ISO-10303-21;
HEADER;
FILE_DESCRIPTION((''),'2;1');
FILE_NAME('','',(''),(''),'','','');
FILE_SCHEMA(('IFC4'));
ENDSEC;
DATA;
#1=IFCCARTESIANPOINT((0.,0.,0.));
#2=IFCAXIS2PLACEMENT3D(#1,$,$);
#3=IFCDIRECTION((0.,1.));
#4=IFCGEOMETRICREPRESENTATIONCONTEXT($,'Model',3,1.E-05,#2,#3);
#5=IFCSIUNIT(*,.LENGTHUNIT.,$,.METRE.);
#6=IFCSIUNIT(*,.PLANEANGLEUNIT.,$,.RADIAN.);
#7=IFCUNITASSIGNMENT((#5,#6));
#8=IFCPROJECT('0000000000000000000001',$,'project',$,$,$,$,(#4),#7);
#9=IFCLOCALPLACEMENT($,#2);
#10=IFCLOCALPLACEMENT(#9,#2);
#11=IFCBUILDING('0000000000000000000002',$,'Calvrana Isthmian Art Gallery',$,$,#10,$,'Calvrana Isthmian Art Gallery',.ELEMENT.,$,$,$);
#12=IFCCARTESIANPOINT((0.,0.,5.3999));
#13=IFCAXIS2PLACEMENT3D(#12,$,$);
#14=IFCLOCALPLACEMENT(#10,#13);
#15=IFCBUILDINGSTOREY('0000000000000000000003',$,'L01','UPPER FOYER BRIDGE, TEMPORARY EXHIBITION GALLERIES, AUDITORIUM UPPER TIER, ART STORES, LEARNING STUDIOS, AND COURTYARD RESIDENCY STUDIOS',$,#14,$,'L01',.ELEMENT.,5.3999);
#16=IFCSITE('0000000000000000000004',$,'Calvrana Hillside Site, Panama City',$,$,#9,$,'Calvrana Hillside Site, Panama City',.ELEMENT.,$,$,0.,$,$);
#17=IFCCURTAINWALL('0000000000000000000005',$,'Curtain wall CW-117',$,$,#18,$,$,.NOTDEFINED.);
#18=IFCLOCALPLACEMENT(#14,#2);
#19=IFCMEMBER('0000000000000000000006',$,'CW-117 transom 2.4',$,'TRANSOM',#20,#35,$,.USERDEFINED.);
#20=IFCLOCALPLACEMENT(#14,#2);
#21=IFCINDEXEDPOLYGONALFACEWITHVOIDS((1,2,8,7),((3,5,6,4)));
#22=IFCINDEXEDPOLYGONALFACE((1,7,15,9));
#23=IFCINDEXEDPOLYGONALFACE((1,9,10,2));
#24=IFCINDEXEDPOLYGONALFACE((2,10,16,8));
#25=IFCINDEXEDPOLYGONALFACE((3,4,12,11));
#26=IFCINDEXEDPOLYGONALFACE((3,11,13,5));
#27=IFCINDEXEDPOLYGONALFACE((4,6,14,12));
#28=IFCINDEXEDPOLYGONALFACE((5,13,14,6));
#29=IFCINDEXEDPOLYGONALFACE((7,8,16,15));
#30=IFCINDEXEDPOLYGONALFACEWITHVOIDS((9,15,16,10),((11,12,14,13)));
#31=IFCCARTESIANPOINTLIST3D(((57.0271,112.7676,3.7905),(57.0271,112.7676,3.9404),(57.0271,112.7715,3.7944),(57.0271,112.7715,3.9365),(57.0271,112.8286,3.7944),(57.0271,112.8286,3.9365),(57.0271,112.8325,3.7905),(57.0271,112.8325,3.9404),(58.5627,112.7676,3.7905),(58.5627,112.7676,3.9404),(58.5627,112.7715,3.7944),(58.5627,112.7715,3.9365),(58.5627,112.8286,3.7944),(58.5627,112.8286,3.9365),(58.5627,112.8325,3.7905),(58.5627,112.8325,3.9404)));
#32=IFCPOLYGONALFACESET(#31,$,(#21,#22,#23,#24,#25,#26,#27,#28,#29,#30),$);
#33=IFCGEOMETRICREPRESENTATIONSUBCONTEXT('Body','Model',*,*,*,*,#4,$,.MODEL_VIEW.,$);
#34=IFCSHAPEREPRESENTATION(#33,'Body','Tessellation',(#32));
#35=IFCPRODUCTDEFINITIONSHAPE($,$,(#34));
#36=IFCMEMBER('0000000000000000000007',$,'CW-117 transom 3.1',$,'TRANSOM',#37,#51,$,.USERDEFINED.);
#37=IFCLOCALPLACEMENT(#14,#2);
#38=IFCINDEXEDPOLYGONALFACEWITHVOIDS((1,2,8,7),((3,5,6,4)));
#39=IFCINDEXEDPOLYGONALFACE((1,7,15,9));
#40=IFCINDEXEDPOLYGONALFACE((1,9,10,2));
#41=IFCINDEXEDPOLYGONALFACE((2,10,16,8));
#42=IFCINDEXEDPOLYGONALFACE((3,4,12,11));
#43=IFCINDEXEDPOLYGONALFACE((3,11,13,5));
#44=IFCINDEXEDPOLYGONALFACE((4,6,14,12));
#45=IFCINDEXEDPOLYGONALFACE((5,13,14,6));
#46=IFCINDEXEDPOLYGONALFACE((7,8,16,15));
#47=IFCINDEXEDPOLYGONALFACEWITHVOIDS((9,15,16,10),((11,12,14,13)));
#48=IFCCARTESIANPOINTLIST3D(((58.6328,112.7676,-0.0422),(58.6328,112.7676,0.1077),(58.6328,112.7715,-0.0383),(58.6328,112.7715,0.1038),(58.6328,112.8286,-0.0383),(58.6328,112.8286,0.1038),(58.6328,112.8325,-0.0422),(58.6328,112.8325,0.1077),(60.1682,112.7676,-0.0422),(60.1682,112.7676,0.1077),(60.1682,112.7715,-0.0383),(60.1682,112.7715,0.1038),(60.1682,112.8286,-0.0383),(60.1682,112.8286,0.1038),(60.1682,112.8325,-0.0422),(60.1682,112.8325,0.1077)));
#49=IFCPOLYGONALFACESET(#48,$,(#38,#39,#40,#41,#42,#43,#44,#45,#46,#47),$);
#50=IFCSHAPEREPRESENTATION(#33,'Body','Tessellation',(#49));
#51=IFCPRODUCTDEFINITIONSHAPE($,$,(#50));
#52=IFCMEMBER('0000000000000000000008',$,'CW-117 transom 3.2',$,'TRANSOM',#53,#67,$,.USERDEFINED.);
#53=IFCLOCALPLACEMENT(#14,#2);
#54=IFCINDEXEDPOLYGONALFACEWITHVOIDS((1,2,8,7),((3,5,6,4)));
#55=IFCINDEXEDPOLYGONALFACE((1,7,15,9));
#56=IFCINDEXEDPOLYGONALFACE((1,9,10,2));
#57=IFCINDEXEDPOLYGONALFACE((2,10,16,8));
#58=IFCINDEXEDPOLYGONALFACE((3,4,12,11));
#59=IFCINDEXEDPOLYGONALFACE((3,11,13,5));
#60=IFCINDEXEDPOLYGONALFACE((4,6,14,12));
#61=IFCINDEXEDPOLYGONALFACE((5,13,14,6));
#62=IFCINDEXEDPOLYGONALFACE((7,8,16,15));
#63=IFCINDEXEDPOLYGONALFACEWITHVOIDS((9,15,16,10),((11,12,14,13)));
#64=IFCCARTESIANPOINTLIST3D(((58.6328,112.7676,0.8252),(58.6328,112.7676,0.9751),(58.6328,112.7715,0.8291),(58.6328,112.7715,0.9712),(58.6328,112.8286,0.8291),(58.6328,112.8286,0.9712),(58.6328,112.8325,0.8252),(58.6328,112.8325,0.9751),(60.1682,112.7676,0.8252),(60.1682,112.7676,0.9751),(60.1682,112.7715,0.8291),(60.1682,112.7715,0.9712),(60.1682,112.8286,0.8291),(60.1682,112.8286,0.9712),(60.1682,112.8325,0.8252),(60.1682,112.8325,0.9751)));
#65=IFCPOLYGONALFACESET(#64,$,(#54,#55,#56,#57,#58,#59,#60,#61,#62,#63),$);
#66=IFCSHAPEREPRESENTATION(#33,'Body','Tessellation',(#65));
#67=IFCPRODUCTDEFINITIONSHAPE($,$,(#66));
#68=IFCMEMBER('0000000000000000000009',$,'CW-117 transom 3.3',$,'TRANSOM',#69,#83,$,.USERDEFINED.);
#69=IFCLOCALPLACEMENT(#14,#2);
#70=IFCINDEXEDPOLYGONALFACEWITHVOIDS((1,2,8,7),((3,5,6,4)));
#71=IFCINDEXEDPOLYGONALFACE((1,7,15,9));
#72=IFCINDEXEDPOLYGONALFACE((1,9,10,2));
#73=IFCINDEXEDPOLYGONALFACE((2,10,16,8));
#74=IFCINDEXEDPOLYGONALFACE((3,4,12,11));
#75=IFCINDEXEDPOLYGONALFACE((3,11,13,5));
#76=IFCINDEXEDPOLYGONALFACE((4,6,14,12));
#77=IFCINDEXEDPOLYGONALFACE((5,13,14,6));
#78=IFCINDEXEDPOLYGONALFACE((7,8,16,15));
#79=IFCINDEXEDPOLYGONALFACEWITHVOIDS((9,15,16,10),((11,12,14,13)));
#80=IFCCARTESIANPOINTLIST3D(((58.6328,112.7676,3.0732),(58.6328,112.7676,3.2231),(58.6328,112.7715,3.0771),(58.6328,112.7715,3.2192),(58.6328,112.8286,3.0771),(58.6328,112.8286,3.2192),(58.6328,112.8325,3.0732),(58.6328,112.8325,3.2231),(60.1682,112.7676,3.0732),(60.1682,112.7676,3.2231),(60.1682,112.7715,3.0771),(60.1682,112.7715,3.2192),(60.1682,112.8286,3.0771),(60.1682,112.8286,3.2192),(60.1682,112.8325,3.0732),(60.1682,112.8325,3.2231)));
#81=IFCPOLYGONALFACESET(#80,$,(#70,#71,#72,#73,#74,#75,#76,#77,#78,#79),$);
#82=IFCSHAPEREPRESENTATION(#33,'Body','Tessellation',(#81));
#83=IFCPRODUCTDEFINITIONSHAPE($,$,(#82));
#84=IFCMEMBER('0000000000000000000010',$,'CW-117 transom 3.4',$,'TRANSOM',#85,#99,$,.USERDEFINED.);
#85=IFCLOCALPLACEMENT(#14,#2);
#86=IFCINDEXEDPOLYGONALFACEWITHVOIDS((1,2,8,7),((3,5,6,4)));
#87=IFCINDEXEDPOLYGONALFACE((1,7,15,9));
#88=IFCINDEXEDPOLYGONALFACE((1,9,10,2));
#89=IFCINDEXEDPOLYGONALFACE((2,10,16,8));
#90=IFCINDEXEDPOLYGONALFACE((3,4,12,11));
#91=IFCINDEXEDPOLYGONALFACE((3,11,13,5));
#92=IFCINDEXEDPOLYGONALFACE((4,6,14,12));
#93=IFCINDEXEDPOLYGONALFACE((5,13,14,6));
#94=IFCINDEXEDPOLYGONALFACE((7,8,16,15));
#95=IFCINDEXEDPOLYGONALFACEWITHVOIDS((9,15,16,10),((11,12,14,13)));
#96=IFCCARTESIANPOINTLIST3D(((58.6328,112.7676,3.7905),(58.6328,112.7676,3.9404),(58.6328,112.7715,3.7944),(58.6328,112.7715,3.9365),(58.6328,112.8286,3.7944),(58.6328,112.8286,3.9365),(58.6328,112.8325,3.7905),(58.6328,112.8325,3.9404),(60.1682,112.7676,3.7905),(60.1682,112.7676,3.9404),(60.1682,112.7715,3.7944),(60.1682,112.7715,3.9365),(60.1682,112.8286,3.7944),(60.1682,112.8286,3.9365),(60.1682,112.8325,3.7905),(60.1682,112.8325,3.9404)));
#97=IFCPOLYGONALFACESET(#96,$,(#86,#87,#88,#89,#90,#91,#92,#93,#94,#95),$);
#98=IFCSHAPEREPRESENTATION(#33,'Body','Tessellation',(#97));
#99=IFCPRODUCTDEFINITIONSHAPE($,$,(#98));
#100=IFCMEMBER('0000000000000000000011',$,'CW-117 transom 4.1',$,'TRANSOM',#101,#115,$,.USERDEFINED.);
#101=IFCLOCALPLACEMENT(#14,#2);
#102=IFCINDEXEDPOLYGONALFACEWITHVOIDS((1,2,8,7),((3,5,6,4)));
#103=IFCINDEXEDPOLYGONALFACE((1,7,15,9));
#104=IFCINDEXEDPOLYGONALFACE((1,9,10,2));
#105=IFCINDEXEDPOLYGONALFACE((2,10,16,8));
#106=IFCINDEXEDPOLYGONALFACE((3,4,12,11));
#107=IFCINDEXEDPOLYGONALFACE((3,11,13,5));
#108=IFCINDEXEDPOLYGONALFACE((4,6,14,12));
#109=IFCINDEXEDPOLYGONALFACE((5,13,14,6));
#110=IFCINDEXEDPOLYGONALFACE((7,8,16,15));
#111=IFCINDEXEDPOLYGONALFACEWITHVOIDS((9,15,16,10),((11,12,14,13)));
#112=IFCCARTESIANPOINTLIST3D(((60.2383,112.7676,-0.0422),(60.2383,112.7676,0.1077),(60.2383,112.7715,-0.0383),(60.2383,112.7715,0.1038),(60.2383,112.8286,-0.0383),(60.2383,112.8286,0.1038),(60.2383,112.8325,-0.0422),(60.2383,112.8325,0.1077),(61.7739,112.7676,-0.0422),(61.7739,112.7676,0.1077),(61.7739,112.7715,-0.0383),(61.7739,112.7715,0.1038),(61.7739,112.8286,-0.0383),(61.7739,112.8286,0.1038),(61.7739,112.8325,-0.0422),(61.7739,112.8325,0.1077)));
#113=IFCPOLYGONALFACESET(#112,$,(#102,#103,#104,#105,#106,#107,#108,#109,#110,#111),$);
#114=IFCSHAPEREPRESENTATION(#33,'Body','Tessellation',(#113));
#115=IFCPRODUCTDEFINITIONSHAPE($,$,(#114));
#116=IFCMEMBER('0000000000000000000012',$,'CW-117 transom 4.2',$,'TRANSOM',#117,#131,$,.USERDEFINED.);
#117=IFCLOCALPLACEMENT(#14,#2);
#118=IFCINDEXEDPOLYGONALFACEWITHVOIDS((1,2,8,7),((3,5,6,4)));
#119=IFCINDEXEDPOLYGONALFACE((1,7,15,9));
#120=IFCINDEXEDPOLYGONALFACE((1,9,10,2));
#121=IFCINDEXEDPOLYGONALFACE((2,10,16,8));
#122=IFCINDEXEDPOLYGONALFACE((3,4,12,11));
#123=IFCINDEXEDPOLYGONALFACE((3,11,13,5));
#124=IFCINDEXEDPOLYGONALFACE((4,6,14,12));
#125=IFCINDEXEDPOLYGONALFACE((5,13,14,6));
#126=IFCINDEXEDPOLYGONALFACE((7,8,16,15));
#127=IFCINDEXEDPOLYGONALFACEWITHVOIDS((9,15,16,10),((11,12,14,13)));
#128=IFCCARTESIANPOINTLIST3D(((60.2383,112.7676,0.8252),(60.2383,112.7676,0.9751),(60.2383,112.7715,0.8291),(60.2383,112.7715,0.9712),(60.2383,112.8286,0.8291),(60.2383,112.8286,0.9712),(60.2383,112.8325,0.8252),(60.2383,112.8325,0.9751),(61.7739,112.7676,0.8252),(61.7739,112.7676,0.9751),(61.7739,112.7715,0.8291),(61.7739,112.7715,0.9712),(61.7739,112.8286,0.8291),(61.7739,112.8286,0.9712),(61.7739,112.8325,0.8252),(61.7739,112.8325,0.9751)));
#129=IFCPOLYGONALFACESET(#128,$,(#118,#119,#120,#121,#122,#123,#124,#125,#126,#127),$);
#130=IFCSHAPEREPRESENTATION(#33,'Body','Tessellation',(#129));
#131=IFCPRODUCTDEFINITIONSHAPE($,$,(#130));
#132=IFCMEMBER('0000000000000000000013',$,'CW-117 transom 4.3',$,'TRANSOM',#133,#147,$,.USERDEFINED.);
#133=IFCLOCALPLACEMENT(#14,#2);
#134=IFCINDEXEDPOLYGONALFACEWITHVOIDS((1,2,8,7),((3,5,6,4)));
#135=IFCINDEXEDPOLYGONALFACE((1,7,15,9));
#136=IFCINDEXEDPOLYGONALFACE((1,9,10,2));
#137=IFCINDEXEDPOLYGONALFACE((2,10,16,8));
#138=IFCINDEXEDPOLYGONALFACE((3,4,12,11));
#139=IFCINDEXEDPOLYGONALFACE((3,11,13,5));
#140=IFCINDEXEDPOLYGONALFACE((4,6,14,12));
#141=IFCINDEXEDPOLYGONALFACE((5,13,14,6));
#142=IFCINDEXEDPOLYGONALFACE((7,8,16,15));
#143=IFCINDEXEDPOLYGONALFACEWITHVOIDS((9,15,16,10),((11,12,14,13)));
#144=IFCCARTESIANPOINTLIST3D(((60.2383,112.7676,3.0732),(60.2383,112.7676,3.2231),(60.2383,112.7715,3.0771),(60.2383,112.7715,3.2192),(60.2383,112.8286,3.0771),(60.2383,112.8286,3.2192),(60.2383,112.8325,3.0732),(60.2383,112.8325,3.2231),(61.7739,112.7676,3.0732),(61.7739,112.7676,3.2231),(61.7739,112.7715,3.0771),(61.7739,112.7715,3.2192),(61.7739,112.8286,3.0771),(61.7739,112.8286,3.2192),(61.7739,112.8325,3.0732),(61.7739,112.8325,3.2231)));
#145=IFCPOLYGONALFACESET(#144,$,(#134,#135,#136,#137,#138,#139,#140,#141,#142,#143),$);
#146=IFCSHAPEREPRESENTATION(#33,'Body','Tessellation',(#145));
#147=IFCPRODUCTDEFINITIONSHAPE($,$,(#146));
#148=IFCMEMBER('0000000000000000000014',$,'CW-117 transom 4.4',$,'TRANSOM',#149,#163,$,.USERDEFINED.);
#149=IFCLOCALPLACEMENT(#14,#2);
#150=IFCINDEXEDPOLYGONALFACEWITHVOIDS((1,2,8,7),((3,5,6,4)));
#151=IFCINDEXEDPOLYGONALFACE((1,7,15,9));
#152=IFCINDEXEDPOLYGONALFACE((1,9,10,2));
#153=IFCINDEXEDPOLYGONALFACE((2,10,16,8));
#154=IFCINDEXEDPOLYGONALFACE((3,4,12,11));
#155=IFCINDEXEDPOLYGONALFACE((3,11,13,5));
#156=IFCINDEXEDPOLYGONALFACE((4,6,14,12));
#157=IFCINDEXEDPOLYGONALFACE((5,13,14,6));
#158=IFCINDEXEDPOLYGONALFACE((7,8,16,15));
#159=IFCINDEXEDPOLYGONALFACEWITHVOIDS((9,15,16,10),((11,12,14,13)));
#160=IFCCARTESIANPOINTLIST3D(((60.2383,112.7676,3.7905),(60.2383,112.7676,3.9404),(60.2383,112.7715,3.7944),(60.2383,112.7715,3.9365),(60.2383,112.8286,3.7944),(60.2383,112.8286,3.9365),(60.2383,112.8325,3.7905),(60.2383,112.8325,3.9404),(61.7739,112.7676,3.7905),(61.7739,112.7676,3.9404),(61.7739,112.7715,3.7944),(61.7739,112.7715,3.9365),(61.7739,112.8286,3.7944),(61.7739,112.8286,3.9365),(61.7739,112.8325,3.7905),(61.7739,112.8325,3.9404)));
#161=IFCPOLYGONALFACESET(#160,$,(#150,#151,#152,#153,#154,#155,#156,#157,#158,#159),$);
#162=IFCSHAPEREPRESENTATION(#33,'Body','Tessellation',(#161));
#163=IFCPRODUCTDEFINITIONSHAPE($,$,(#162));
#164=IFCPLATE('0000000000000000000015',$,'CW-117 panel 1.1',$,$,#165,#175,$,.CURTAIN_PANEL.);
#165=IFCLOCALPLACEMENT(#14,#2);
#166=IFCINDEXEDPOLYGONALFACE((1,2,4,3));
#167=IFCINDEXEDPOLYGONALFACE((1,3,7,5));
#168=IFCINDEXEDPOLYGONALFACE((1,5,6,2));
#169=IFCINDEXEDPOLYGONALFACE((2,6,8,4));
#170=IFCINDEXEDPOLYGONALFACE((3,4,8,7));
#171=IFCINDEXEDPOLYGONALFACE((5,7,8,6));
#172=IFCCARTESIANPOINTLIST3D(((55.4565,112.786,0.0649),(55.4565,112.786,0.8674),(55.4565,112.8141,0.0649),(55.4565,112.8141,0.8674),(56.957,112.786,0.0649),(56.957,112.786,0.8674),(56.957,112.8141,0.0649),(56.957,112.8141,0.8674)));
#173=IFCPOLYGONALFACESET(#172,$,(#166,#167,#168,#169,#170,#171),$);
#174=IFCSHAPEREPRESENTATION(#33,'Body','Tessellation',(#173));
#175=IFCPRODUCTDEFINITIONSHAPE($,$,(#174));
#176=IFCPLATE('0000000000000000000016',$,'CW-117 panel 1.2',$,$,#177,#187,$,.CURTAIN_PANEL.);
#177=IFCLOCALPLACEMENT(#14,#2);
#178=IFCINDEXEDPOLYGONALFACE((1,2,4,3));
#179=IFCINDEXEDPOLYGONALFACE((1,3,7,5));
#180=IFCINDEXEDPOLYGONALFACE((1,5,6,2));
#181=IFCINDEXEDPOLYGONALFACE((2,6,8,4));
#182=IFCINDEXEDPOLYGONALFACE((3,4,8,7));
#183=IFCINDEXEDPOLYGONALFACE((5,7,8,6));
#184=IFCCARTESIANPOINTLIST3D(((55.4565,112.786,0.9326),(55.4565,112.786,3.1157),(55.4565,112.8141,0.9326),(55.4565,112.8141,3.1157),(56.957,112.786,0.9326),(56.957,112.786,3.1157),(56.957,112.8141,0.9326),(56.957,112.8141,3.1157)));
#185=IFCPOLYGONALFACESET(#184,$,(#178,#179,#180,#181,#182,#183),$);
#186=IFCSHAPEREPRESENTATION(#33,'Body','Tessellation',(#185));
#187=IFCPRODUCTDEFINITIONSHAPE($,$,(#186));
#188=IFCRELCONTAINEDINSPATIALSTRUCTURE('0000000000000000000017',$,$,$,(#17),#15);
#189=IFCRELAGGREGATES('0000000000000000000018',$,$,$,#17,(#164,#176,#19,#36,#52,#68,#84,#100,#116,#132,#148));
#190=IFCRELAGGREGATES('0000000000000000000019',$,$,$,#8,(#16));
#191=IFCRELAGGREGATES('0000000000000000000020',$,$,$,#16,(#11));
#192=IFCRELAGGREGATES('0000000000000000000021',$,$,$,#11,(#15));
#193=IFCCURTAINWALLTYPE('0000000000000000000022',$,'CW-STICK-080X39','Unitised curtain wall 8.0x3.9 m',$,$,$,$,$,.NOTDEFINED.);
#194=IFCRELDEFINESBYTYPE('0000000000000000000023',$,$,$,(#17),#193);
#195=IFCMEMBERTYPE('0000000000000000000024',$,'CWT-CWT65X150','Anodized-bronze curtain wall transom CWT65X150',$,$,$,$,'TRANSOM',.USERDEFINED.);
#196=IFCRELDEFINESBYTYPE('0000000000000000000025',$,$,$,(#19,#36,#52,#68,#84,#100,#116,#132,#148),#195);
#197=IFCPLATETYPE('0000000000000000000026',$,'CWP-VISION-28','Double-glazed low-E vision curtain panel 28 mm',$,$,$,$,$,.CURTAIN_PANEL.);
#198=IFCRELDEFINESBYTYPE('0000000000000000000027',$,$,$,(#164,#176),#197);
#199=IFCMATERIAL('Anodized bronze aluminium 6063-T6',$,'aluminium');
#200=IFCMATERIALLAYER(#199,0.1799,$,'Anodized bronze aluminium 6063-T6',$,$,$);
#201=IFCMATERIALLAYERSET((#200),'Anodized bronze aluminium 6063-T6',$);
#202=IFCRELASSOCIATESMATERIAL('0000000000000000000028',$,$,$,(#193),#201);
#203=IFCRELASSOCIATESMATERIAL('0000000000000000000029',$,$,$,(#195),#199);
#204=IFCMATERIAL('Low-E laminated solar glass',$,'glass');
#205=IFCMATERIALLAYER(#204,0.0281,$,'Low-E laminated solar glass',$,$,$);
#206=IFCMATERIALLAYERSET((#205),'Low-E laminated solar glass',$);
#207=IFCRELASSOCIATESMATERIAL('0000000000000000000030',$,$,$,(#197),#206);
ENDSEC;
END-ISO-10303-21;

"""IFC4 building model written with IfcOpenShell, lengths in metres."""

from ifc_helpers import new_model, si_unit, direction, frame, origin, origin_2d, place, context, subcontext, project, spatial, rectangle, hollow_rectangle, extrude, material, layer, layer_set, material_profile, profile_set, type_object, element, aggregate, save


model = new_model("IFC4")

# Units and contexts
model_context = context("Model", 3, precision=1e-05, world=origin(), true_north=direction((0.0, 1.0)))
body_context = subcontext(model_context, "Body", "Model", "MODEL_VIEW")
ifc_project = project(units=[si_unit("LENGTHUNIT", "METRE"), si_unit("PLANEANGLEUNIT", "RADIAN")], contexts=[model_context])

# Site, building, storey
site_placement = place(None, origin())
site = spatial("IfcSite", under=ifc_project, at=site_placement, Name="Calvrana Hillside Site, Panama City", LongName="Calvrana Hillside Site, Panama City", CompositionType="ELEMENT", RefElevation=0.0)
building_placement = place(site_placement, origin())
building = spatial("IfcBuilding", under=site, at=building_placement, Name="Calvrana Isthmian Art Gallery", LongName="Calvrana Isthmian Art Gallery", CompositionType="ELEMENT")
storey_placement = place(building_placement, frame((0.0, 0.0, 5.3999)))
storey = spatial("IfcBuildingStorey", under=building, at=storey_placement, Name="L01", Description="UPPER FOYER BRIDGE, TEMPORARY EXHIBITION GALLERIES, AUDITORIUM UPPER TIER, ART STORES, LEARNING STUDIOS, AND COURTYARD RESIDENCY STUDIOS", LongName="L01", CompositionType="ELEMENT", Elevation=5.3999)

# Curtain wall, members, plates
ifc_material_1 = material(Name="Anodized bronze aluminium 6063-T6", Category="aluminium")
ifc_layer_1 = layer(ifc_material_1, 0.1799, Name="Anodized bronze aluminium 6063-T6")
ifc_layer_set_1 = layer_set([ifc_layer_1], Name="Anodized bronze aluminium 6063-T6")
curtain_wall_type = type_object("IfcCurtainWallType", Name="CW-STICK-080X39", Description="Unitised curtain wall 8.0x3.9 m", PredefinedType="NOTDEFINED", material=ifc_layer_set_1)
curtain_wall_placement = place(storey_placement, origin())
curtain_wall = element("IfcCurtainWall", 1, at=curtain_wall_placement, inside=storey, type_object=curtain_wall_type, Name="Curtain wall CW-117", PredefinedType="NOTDEFINED")
ifc_material_profile_1 = material_profile(ifc_material_1, hollow_rectangle(XDim=0.0649, YDim=0.1499, WallThickness=0.0039, at=origin_2d()), Name="CWT65X150")
ifc_profile_set_1 = profile_set([ifc_material_profile_1], Name="Anodized bronze aluminium 6063-T6")
member_type_1 = type_object("IfcMemberType", Name="CWT-CWT65X150", Description="Anodized-bronze curtain wall transom CWT65X150", ElementType="TRANSOM", PredefinedType="USERDEFINED", material=ifc_profile_set_1)
member_1_placement = place(storey_placement, frame((57.0271, 112.8, 3.8655), z_axis=(1.0, 0.0, 0.0), x_axis=(0.0, 1.0, 0.0)))
member_1 = element("IfcMember", 2, at=member_1_placement, type_object=member_type_1, Name="CW-117 transom 2.4", ObjectType="TRANSOM", PredefinedType="USERDEFINED", context=body_context, shape_type="SweptSolid", body=[
    extrude(hollow_rectangle(XDim=0.0649, YDim=0.1499, WallThickness=0.0039, at=origin_2d()), origin(), (0.0, 0.0, 1.0), 1.5356),
])
member_2_placement = place(storey_placement, frame((58.6328, 112.8, 0.0327), z_axis=(1.0, 0.0, 0.0), x_axis=(0.0, 1.0, 0.0)))
member_2 = element("IfcMember", 3, at=member_2_placement, type_object=member_type_1, Name="CW-117 transom 3.1", ObjectType="TRANSOM", PredefinedType="USERDEFINED", context=body_context, shape_type="SweptSolid", body=[
    extrude(hollow_rectangle(XDim=0.0649, YDim=0.1499, WallThickness=0.0039, at=origin_2d()), origin(), (0.0, 0.0, 1.0), 1.5354),
])
member_3_placement = place(storey_placement, frame((58.6328, 112.8, 0.9001), z_axis=(1.0, 0.0, 0.0), x_axis=(0.0, 1.0, 0.0)))
member_3 = element("IfcMember", 4, at=member_3_placement, type_object=member_type_1, Name="CW-117 transom 3.2", ObjectType="TRANSOM", PredefinedType="USERDEFINED", context=body_context, shape_type="SweptSolid", body=[
    extrude(hollow_rectangle(XDim=0.0649, YDim=0.1499, WallThickness=0.0039, at=origin_2d()), origin(), (0.0, 0.0, 1.0), 1.5354),
])
member_4_placement = place(storey_placement, frame((58.6328, 112.8, 3.1482), z_axis=(1.0, 0.0, 0.0), x_axis=(0.0, 1.0, 0.0)))
member_4 = element("IfcMember", 5, at=member_4_placement, type_object=member_type_1, Name="CW-117 transom 3.3", ObjectType="TRANSOM", PredefinedType="USERDEFINED", context=body_context, shape_type="SweptSolid", body=[
    extrude(hollow_rectangle(XDim=0.0649, YDim=0.1499, WallThickness=0.0039, at=origin_2d()), origin(), (0.0, 0.0, 1.0), 1.5354),
])
member_5_placement = place(storey_placement, frame((58.6328, 112.8, 3.8655), z_axis=(1.0, 0.0, 0.0), x_axis=(0.0, 1.0, 0.0)))
member_5 = element("IfcMember", 6, at=member_5_placement, type_object=member_type_1, Name="CW-117 transom 3.4", ObjectType="TRANSOM", PredefinedType="USERDEFINED", context=body_context, shape_type="SweptSolid", body=[
    extrude(hollow_rectangle(XDim=0.0649, YDim=0.1499, WallThickness=0.0039, at=origin_2d()), origin(), (0.0, 0.0, 1.0), 1.5354),
])
member_6_placement = place(storey_placement, frame((60.2383, 112.8, 0.0327), z_axis=(1.0, 0.0, 0.0), x_axis=(0.0, 1.0, 0.0)))
member_6 = element("IfcMember", 7, at=member_6_placement, type_object=member_type_1, Name="CW-117 transom 4.1", ObjectType="TRANSOM", PredefinedType="USERDEFINED", context=body_context, shape_type="SweptSolid", body=[
    extrude(hollow_rectangle(XDim=0.0649, YDim=0.1499, WallThickness=0.0039, at=origin_2d()), origin(), (0.0, 0.0, 1.0), 1.5356),
])
member_7_placement = place(storey_placement, frame((60.2383, 112.8, 0.9001), z_axis=(1.0, 0.0, 0.0), x_axis=(0.0, 1.0, 0.0)))
member_7 = element("IfcMember", 8, at=member_7_placement, type_object=member_type_1, Name="CW-117 transom 4.2", ObjectType="TRANSOM", PredefinedType="USERDEFINED", context=body_context, shape_type="SweptSolid", body=[
    extrude(hollow_rectangle(XDim=0.0649, YDim=0.1499, WallThickness=0.0039, at=origin_2d()), origin(), (0.0, 0.0, 1.0), 1.5356),
])
member_8_placement = place(storey_placement, frame((60.2383, 112.8, 3.1482), z_axis=(1.0, 0.0, 0.0), x_axis=(0.0, 1.0, 0.0)))
member_8 = element("IfcMember", 9, at=member_8_placement, type_object=member_type_1, Name="CW-117 transom 4.3", ObjectType="TRANSOM", PredefinedType="USERDEFINED", context=body_context, shape_type="SweptSolid", body=[
    extrude(hollow_rectangle(XDim=0.0649, YDim=0.1499, WallThickness=0.0039, at=origin_2d()), origin(), (0.0, 0.0, 1.0), 1.5356),
])
member_9_placement = place(storey_placement, frame((60.2383, 112.8, 3.8655), z_axis=(1.0, 0.0, 0.0), x_axis=(0.0, 1.0, 0.0)))
member_9 = element("IfcMember", 10, at=member_9_placement, type_object=member_type_1, Name="CW-117 transom 4.4", ObjectType="TRANSOM", PredefinedType="USERDEFINED", context=body_context, shape_type="SweptSolid", body=[
    extrude(hollow_rectangle(XDim=0.0649, YDim=0.1499, WallThickness=0.0039, at=origin_2d()), origin(), (0.0, 0.0, 1.0), 1.5356),
])
ifc_material_2 = material(Name="Low-E laminated solar glass", Category="glass")
ifc_layer_2 = layer(ifc_material_2, 0.0281, Name="Low-E laminated solar glass")
ifc_layer_set_2 = layer_set([ifc_layer_2], Name="Low-E laminated solar glass")
plate_type = type_object("IfcPlateType", Name="CWP-VISION-28", Description="Double-glazed low-E vision curtain panel 28 mm", PredefinedType="CURTAIN_PANEL", material=ifc_layer_set_2)
plate_1_placement = place(storey_placement, frame((56.2068, 112.8, 0.0649), z_axis=(0.0, 0.0, 1.0), x_axis=(1.0, 0.0, 0.0)))
plate_1 = element("IfcPlate", 11, at=plate_1_placement, type_object=plate_type, Name="CW-117 panel 1.1", PredefinedType="CURTAIN_PANEL", context=body_context, shape_type="SweptSolid", body=[
    extrude(rectangle(XDim=1.5005, YDim=0.0281, at=origin_2d()), origin(), (0.0, 0.0, 1.0), 0.8025),
])
plate_2_placement = place(storey_placement, frame((56.2068, 112.8, 0.9326), z_axis=(0.0, 0.0, 1.0), x_axis=(1.0, 0.0, 0.0)))
plate_2 = element("IfcPlate", 12, at=plate_2_placement, type_object=plate_type, Name="CW-117 panel 1.2", PredefinedType="CURTAIN_PANEL", context=body_context, shape_type="SweptSolid", body=[
    extrude(rectangle(XDim=1.5005, YDim=0.0281, at=origin_2d()), origin(), (0.0, 0.0, 1.0), 2.1831),
])
aggregate(curtain_wall, [plate_1, plate_2, member_1, member_2, member_3, member_4, member_5, member_6, member_7, member_8, member_9])

save(model, "model.ifc")
